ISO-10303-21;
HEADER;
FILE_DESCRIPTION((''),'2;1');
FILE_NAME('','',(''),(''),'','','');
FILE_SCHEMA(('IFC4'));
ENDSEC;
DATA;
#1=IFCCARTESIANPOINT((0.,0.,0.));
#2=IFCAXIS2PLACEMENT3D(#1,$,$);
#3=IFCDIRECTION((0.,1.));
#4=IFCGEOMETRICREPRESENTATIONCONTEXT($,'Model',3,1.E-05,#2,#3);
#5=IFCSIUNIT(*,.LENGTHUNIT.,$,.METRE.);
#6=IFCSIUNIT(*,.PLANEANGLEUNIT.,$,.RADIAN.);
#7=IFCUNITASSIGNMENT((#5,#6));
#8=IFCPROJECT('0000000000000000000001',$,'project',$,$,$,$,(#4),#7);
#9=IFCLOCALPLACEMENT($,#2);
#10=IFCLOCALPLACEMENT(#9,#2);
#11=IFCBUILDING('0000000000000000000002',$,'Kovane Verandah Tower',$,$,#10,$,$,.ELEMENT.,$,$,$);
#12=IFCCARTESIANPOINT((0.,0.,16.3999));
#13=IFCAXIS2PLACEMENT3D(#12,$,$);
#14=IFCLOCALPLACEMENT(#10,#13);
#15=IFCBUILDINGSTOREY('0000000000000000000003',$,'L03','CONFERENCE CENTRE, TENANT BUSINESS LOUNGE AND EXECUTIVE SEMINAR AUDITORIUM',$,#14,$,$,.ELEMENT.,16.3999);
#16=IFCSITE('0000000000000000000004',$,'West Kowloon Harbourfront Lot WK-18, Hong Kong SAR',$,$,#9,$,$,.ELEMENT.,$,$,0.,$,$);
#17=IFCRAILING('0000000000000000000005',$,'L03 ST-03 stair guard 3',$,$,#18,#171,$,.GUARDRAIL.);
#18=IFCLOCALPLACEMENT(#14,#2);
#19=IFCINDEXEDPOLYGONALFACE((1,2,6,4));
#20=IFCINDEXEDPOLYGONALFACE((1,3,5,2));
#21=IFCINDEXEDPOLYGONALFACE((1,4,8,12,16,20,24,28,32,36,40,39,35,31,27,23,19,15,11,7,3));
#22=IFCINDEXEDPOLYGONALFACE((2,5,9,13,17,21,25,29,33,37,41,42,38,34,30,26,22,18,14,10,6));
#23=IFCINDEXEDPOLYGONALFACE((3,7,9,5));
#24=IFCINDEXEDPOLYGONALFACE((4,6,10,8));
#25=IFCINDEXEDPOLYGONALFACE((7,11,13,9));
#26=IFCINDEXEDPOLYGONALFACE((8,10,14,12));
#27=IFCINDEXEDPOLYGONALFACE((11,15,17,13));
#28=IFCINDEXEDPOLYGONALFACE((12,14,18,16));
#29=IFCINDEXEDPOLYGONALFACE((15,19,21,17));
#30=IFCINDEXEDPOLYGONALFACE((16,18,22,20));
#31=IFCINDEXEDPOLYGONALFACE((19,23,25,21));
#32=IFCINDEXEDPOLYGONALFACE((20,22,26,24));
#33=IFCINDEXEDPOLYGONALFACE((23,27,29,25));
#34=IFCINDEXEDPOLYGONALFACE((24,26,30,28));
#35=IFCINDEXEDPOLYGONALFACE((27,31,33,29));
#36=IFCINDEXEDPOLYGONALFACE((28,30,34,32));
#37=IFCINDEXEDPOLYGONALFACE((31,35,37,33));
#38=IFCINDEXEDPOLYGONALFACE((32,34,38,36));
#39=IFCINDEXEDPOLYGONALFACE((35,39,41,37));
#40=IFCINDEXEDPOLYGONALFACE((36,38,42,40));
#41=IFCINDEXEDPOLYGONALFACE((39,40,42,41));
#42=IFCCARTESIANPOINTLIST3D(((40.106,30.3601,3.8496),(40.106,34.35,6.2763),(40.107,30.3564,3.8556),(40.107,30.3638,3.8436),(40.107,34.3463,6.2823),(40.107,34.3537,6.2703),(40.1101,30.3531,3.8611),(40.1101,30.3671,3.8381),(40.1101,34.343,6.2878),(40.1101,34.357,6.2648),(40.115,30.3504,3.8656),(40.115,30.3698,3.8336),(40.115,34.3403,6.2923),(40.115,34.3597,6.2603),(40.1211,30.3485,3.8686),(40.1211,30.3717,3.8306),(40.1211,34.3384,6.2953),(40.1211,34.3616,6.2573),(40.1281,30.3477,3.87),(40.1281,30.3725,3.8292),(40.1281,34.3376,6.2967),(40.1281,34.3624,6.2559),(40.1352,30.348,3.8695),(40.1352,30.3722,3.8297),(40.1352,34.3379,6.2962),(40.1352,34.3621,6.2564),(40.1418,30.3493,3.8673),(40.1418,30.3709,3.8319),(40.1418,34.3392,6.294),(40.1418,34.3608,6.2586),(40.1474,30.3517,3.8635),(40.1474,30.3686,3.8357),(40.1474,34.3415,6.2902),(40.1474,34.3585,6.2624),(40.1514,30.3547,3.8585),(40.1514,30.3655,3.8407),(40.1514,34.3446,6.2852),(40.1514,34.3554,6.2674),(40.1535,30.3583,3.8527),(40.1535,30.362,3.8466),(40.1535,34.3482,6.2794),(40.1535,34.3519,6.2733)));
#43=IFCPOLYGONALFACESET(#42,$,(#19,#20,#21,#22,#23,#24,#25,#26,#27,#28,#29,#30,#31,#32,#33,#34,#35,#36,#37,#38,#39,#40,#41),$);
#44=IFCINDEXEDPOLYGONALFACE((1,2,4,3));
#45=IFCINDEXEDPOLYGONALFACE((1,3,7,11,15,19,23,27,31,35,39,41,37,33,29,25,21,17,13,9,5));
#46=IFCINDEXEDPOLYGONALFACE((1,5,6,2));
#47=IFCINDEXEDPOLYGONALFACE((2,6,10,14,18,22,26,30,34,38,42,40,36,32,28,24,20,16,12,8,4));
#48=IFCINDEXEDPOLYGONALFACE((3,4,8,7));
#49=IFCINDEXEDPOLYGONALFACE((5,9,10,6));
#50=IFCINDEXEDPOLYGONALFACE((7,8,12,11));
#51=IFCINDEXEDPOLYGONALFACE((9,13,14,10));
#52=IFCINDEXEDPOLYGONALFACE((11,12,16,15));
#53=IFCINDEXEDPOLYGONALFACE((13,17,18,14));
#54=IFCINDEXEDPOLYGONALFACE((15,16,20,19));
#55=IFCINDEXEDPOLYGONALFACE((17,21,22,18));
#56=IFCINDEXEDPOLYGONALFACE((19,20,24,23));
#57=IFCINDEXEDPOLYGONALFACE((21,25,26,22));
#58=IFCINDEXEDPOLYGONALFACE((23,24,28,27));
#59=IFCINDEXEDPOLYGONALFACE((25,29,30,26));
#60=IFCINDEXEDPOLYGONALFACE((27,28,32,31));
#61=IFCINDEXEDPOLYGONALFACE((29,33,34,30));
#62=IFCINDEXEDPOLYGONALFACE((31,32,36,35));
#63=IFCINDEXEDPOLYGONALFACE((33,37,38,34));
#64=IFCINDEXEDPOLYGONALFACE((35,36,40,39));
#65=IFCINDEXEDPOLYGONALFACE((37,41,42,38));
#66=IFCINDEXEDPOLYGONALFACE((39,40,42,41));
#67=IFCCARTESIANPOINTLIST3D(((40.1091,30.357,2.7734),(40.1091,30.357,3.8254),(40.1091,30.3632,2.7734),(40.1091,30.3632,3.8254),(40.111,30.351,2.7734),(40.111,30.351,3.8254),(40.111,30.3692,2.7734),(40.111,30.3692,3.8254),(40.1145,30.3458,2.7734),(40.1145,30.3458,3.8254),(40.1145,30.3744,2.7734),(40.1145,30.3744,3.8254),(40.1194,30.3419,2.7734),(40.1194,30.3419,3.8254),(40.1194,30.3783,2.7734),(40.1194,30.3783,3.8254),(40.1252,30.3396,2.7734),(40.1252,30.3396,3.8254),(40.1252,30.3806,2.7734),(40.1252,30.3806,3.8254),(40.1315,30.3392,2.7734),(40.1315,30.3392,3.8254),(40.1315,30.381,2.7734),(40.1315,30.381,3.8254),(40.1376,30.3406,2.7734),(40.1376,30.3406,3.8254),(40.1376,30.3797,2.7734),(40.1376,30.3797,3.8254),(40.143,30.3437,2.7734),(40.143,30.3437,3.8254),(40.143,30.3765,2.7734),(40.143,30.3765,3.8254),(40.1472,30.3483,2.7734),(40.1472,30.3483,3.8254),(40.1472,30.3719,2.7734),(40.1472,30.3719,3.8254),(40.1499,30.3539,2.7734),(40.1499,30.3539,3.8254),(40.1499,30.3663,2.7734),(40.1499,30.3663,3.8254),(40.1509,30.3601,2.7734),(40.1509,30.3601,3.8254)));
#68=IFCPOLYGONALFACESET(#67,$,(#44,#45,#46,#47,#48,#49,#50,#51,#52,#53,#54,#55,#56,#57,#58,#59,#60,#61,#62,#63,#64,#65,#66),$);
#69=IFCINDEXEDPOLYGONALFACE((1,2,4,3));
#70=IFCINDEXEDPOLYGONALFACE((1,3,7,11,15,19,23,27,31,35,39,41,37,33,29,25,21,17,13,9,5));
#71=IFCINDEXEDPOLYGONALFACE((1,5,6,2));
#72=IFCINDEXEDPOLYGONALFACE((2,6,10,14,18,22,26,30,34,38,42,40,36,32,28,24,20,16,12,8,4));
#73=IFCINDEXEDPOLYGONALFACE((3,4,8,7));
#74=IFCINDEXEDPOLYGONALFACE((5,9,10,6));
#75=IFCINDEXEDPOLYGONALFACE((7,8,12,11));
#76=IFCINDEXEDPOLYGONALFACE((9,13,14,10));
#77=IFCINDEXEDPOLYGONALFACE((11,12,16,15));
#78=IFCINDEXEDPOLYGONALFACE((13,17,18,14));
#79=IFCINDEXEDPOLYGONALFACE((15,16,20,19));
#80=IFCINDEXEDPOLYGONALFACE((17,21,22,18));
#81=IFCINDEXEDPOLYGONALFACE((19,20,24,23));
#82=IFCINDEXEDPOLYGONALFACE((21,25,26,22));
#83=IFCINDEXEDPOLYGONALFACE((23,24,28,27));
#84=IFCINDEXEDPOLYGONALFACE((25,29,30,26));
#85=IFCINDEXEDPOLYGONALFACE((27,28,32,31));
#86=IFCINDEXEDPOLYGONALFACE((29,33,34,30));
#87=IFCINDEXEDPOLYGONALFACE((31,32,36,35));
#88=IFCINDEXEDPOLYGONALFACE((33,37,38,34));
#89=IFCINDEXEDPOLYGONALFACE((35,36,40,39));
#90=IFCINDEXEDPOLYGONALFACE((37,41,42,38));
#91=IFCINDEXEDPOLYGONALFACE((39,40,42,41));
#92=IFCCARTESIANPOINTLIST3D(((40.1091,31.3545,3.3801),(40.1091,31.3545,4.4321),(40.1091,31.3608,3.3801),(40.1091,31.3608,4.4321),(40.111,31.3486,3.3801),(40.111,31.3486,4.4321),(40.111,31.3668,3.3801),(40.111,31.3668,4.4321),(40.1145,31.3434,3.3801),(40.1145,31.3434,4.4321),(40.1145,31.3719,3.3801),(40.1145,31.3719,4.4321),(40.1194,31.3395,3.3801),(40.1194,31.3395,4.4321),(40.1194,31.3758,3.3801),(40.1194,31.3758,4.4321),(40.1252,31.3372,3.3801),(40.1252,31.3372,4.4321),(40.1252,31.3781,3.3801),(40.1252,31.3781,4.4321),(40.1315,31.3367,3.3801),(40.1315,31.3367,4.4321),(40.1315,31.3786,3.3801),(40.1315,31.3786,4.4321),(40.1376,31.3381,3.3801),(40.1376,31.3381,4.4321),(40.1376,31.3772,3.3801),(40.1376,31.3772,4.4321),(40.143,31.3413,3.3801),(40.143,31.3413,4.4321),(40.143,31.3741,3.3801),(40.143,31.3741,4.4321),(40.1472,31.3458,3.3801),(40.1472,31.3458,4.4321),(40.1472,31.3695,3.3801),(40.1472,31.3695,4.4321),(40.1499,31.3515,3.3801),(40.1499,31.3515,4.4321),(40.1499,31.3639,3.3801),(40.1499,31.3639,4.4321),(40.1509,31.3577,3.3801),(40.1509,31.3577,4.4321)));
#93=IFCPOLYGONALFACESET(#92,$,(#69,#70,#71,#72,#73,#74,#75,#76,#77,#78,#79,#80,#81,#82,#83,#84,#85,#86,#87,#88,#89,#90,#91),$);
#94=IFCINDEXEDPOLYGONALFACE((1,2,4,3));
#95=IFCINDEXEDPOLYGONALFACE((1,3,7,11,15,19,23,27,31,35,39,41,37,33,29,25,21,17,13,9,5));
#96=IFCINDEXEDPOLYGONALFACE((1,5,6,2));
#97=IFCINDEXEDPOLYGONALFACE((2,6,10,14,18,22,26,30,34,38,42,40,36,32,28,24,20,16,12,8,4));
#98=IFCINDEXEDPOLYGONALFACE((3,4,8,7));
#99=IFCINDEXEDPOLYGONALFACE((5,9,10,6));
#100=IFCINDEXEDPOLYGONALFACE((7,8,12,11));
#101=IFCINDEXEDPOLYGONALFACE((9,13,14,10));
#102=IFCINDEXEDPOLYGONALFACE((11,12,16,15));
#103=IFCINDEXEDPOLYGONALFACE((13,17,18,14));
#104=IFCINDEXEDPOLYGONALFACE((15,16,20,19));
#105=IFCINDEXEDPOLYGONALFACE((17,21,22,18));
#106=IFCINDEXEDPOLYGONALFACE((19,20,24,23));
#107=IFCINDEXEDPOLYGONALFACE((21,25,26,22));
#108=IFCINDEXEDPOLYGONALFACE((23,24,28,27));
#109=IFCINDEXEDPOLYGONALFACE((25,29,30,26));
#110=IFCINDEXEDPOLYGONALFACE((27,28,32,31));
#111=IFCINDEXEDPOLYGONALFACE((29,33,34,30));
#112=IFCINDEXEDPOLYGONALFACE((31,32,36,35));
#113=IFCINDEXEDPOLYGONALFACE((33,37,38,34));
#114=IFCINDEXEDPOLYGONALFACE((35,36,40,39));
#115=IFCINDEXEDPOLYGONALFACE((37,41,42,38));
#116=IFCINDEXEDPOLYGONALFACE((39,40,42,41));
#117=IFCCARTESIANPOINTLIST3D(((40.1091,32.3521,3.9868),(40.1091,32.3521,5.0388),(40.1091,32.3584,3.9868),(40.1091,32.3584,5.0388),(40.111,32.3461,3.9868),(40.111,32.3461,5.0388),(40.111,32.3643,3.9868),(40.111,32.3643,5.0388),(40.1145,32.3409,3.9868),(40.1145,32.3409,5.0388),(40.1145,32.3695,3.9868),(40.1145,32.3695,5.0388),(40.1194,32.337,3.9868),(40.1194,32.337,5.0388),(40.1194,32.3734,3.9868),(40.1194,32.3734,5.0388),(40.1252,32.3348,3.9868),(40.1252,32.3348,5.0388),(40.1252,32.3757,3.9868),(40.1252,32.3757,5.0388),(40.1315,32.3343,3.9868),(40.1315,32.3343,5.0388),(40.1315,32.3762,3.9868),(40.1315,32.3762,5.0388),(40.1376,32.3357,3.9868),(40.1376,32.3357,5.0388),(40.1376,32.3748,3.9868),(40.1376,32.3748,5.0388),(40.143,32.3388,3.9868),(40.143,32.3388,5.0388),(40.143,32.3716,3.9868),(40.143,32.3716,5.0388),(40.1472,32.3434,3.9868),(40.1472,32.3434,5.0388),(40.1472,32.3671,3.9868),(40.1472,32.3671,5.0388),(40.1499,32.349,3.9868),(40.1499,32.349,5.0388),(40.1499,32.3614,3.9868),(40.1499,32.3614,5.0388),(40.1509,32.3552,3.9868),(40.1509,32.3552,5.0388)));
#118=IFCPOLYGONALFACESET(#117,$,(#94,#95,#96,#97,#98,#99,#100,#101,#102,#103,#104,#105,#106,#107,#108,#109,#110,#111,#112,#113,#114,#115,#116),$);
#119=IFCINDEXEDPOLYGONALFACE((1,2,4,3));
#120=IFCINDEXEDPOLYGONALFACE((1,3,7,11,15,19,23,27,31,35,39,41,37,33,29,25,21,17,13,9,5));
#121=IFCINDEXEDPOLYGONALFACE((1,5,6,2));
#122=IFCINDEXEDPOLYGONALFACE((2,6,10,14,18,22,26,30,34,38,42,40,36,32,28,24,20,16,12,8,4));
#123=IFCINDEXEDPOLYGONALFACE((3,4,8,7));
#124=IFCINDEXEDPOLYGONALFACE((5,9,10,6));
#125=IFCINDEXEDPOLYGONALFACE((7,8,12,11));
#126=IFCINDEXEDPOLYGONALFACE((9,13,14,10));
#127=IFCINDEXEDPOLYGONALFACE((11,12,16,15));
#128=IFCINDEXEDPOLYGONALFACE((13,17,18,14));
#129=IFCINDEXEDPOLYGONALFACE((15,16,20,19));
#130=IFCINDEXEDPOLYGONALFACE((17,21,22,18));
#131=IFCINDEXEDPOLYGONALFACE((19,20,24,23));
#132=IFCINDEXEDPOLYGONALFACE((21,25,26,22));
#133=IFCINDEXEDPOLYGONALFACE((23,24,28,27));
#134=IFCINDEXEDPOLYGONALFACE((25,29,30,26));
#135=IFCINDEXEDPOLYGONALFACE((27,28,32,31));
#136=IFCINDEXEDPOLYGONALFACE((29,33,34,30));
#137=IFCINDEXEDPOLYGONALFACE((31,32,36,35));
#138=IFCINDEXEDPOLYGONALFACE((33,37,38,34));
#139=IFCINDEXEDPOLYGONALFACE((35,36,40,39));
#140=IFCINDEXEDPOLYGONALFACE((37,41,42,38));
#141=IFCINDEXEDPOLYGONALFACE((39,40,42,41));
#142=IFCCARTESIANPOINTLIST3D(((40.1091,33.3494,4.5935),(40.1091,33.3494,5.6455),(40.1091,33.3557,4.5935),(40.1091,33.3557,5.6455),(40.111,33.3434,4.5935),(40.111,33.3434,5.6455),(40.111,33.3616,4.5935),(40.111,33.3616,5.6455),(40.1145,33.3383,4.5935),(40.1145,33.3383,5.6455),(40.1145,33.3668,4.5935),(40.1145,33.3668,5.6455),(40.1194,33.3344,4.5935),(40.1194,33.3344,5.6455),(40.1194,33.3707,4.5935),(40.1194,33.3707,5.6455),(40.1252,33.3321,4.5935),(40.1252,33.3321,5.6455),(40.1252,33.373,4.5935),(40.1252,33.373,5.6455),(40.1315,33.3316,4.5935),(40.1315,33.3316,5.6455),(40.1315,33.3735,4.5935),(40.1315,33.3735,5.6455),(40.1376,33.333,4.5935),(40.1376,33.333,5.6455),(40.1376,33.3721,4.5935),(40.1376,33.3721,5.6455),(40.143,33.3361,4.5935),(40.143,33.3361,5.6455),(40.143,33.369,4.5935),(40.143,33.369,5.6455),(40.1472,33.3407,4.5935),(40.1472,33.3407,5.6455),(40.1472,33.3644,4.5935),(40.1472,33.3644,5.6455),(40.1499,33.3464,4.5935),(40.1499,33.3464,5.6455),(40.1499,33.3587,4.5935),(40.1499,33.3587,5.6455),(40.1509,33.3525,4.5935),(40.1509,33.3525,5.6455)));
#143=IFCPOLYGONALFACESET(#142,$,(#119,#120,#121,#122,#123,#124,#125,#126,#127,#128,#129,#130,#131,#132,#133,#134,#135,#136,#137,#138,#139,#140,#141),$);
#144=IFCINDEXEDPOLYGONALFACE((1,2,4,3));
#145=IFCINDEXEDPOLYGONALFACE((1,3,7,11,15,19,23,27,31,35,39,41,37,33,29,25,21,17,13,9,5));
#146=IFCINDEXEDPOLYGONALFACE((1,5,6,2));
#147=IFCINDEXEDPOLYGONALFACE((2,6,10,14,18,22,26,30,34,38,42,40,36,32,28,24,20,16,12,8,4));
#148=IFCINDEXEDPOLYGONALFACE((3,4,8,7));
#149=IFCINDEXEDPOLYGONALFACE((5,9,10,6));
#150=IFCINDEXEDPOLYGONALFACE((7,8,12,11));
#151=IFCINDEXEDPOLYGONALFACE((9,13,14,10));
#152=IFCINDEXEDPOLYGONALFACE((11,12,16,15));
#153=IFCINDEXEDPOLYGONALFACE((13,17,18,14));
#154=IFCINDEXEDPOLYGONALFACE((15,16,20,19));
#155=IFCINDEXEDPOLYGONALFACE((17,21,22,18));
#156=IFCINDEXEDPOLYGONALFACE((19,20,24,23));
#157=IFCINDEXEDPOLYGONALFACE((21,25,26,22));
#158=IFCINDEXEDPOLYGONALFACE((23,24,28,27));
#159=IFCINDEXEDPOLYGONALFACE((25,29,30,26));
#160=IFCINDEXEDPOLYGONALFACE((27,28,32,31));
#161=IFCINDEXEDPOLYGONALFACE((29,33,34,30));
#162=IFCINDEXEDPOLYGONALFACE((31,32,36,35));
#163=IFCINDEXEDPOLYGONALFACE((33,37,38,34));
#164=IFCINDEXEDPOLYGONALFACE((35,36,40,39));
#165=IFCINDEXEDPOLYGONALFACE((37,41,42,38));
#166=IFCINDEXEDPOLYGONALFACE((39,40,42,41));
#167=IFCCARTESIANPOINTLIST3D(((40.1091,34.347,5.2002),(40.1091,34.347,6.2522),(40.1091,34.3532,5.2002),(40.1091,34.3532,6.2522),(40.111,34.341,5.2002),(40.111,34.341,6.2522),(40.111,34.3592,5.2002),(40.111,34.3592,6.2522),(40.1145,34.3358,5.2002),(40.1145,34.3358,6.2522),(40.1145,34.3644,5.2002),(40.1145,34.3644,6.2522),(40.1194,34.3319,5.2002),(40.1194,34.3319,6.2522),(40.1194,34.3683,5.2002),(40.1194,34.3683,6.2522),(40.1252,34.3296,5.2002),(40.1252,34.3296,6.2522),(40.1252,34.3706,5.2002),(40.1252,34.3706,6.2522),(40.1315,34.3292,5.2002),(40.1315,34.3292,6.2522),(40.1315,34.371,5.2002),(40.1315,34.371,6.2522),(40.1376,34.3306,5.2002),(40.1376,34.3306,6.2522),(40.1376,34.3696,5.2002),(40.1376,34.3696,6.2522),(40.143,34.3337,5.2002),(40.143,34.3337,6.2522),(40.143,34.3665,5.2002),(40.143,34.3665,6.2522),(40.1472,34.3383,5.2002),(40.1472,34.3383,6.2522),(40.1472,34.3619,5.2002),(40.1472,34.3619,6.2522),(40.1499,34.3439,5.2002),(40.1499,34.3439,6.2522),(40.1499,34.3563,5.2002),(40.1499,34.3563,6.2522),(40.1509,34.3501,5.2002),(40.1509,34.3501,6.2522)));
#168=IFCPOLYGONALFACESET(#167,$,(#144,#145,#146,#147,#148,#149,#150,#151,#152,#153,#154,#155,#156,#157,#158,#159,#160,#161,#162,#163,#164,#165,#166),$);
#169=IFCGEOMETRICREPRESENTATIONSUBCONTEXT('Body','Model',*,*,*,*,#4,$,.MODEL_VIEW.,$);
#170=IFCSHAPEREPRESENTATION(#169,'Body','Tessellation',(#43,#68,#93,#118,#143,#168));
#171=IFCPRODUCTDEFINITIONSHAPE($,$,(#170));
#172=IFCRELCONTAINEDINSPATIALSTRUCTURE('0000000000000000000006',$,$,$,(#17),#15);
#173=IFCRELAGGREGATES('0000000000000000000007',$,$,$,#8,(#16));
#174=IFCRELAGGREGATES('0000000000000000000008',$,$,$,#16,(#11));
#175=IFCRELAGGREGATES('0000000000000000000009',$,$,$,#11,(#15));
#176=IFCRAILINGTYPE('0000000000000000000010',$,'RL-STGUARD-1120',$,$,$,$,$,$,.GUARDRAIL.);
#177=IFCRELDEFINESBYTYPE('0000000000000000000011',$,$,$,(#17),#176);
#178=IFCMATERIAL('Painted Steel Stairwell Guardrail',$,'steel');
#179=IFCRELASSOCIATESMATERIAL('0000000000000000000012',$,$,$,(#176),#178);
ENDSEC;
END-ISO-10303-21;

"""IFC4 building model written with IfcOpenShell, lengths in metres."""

from ifc_helpers import new_model, si_unit, direction, frame, origin, origin_2d, place, context, subcontext, project, spatial, circle, extrude, material, type_object, element, save


model = new_model("IFC4")

# Units and contexts
model_context = context("Model", 3, precision=1e-05, world=origin(), true_north=direction((0.0, 1.0)))
body_context = subcontext(model_context, "Body", "Model", "MODEL_VIEW")
ifc_project = project(units=[si_unit("LENGTHUNIT", "METRE"), si_unit("PLANEANGLEUNIT", "RADIAN")], contexts=[model_context])

# Site, building, storey
site_placement = place(None, origin())
site = spatial("IfcSite", under=ifc_project, at=site_placement, Name="West Kowloon Harbourfront Lot WK-18, Hong Kong SAR", CompositionType="ELEMENT", RefElevation=0.0)
building_placement = place(site_placement, origin())
building = spatial("IfcBuilding", under=site, at=building_placement, Name="Kovane Verandah Tower", CompositionType="ELEMENT")
storey_placement = place(building_placement, frame((0.0, 0.0, 16.3999)))
storey = spatial("IfcBuildingStorey", under=building, at=storey_placement, Name="L03", Description="CONFERENCE CENTRE, TENANT BUSINESS LOUNGE AND EXECUTIVE SEMINAR AUDITORIUM", CompositionType="ELEMENT", Elevation=16.3999)

# Railing
ifc_material_1 = material(Name="Painted Steel Stairwell Guardrail", Category="steel")
railing_type_1 = type_object("IfcRailingType", Name="RL-STGUARD-1120", PredefinedType="GUARDRAIL", material=ifc_material_1)
railing_1_placement = place(storey_placement, frame((40.1299, 30.3601, 2.7734)))
element("IfcRailing", 1, at=railing_1_placement, inside=storey, type_object=railing_type_1, Name="L03 ST-03 stair guard 3", PredefinedType="GUARDRAIL", context=body_context, shape_type="SweptSolid", body=[
    extrude(circle(Radius=0.0239, at=origin_2d()), frame((0.0, 0.0, 1.0762), z_axis=(0.0, 0.854382, 0.519645), x_axis=(-1.0, 0.0, 0.0)), (0.0, 0.0, 1.0), 4.6699),
    extrude(circle(Radius=0.021, at=origin_2d()), origin(), (0.0, 0.0, 1.0), 1.052),
    extrude(circle(Radius=0.021, at=origin_2d()), frame((0.0, 0.9976, 0.6067)), (0.0, 0.0, 1.0), 1.052),
    extrude(circle(Radius=0.021, at=origin_2d()), frame((0.0, 1.9951, 1.2134)), (0.0, 0.0, 1.0), 1.052),
    extrude(circle(Radius=0.021, at=origin_2d()), frame((0.0, 2.9924, 1.8201)), (0.0, 0.0, 1.0), 1.052),
    extrude(circle(Radius=0.021, at=origin_2d()), frame((0.0, 3.99, 2.4268)), (0.0, 0.0, 1.0), 1.052),
])

save(model, "model.ifc")
